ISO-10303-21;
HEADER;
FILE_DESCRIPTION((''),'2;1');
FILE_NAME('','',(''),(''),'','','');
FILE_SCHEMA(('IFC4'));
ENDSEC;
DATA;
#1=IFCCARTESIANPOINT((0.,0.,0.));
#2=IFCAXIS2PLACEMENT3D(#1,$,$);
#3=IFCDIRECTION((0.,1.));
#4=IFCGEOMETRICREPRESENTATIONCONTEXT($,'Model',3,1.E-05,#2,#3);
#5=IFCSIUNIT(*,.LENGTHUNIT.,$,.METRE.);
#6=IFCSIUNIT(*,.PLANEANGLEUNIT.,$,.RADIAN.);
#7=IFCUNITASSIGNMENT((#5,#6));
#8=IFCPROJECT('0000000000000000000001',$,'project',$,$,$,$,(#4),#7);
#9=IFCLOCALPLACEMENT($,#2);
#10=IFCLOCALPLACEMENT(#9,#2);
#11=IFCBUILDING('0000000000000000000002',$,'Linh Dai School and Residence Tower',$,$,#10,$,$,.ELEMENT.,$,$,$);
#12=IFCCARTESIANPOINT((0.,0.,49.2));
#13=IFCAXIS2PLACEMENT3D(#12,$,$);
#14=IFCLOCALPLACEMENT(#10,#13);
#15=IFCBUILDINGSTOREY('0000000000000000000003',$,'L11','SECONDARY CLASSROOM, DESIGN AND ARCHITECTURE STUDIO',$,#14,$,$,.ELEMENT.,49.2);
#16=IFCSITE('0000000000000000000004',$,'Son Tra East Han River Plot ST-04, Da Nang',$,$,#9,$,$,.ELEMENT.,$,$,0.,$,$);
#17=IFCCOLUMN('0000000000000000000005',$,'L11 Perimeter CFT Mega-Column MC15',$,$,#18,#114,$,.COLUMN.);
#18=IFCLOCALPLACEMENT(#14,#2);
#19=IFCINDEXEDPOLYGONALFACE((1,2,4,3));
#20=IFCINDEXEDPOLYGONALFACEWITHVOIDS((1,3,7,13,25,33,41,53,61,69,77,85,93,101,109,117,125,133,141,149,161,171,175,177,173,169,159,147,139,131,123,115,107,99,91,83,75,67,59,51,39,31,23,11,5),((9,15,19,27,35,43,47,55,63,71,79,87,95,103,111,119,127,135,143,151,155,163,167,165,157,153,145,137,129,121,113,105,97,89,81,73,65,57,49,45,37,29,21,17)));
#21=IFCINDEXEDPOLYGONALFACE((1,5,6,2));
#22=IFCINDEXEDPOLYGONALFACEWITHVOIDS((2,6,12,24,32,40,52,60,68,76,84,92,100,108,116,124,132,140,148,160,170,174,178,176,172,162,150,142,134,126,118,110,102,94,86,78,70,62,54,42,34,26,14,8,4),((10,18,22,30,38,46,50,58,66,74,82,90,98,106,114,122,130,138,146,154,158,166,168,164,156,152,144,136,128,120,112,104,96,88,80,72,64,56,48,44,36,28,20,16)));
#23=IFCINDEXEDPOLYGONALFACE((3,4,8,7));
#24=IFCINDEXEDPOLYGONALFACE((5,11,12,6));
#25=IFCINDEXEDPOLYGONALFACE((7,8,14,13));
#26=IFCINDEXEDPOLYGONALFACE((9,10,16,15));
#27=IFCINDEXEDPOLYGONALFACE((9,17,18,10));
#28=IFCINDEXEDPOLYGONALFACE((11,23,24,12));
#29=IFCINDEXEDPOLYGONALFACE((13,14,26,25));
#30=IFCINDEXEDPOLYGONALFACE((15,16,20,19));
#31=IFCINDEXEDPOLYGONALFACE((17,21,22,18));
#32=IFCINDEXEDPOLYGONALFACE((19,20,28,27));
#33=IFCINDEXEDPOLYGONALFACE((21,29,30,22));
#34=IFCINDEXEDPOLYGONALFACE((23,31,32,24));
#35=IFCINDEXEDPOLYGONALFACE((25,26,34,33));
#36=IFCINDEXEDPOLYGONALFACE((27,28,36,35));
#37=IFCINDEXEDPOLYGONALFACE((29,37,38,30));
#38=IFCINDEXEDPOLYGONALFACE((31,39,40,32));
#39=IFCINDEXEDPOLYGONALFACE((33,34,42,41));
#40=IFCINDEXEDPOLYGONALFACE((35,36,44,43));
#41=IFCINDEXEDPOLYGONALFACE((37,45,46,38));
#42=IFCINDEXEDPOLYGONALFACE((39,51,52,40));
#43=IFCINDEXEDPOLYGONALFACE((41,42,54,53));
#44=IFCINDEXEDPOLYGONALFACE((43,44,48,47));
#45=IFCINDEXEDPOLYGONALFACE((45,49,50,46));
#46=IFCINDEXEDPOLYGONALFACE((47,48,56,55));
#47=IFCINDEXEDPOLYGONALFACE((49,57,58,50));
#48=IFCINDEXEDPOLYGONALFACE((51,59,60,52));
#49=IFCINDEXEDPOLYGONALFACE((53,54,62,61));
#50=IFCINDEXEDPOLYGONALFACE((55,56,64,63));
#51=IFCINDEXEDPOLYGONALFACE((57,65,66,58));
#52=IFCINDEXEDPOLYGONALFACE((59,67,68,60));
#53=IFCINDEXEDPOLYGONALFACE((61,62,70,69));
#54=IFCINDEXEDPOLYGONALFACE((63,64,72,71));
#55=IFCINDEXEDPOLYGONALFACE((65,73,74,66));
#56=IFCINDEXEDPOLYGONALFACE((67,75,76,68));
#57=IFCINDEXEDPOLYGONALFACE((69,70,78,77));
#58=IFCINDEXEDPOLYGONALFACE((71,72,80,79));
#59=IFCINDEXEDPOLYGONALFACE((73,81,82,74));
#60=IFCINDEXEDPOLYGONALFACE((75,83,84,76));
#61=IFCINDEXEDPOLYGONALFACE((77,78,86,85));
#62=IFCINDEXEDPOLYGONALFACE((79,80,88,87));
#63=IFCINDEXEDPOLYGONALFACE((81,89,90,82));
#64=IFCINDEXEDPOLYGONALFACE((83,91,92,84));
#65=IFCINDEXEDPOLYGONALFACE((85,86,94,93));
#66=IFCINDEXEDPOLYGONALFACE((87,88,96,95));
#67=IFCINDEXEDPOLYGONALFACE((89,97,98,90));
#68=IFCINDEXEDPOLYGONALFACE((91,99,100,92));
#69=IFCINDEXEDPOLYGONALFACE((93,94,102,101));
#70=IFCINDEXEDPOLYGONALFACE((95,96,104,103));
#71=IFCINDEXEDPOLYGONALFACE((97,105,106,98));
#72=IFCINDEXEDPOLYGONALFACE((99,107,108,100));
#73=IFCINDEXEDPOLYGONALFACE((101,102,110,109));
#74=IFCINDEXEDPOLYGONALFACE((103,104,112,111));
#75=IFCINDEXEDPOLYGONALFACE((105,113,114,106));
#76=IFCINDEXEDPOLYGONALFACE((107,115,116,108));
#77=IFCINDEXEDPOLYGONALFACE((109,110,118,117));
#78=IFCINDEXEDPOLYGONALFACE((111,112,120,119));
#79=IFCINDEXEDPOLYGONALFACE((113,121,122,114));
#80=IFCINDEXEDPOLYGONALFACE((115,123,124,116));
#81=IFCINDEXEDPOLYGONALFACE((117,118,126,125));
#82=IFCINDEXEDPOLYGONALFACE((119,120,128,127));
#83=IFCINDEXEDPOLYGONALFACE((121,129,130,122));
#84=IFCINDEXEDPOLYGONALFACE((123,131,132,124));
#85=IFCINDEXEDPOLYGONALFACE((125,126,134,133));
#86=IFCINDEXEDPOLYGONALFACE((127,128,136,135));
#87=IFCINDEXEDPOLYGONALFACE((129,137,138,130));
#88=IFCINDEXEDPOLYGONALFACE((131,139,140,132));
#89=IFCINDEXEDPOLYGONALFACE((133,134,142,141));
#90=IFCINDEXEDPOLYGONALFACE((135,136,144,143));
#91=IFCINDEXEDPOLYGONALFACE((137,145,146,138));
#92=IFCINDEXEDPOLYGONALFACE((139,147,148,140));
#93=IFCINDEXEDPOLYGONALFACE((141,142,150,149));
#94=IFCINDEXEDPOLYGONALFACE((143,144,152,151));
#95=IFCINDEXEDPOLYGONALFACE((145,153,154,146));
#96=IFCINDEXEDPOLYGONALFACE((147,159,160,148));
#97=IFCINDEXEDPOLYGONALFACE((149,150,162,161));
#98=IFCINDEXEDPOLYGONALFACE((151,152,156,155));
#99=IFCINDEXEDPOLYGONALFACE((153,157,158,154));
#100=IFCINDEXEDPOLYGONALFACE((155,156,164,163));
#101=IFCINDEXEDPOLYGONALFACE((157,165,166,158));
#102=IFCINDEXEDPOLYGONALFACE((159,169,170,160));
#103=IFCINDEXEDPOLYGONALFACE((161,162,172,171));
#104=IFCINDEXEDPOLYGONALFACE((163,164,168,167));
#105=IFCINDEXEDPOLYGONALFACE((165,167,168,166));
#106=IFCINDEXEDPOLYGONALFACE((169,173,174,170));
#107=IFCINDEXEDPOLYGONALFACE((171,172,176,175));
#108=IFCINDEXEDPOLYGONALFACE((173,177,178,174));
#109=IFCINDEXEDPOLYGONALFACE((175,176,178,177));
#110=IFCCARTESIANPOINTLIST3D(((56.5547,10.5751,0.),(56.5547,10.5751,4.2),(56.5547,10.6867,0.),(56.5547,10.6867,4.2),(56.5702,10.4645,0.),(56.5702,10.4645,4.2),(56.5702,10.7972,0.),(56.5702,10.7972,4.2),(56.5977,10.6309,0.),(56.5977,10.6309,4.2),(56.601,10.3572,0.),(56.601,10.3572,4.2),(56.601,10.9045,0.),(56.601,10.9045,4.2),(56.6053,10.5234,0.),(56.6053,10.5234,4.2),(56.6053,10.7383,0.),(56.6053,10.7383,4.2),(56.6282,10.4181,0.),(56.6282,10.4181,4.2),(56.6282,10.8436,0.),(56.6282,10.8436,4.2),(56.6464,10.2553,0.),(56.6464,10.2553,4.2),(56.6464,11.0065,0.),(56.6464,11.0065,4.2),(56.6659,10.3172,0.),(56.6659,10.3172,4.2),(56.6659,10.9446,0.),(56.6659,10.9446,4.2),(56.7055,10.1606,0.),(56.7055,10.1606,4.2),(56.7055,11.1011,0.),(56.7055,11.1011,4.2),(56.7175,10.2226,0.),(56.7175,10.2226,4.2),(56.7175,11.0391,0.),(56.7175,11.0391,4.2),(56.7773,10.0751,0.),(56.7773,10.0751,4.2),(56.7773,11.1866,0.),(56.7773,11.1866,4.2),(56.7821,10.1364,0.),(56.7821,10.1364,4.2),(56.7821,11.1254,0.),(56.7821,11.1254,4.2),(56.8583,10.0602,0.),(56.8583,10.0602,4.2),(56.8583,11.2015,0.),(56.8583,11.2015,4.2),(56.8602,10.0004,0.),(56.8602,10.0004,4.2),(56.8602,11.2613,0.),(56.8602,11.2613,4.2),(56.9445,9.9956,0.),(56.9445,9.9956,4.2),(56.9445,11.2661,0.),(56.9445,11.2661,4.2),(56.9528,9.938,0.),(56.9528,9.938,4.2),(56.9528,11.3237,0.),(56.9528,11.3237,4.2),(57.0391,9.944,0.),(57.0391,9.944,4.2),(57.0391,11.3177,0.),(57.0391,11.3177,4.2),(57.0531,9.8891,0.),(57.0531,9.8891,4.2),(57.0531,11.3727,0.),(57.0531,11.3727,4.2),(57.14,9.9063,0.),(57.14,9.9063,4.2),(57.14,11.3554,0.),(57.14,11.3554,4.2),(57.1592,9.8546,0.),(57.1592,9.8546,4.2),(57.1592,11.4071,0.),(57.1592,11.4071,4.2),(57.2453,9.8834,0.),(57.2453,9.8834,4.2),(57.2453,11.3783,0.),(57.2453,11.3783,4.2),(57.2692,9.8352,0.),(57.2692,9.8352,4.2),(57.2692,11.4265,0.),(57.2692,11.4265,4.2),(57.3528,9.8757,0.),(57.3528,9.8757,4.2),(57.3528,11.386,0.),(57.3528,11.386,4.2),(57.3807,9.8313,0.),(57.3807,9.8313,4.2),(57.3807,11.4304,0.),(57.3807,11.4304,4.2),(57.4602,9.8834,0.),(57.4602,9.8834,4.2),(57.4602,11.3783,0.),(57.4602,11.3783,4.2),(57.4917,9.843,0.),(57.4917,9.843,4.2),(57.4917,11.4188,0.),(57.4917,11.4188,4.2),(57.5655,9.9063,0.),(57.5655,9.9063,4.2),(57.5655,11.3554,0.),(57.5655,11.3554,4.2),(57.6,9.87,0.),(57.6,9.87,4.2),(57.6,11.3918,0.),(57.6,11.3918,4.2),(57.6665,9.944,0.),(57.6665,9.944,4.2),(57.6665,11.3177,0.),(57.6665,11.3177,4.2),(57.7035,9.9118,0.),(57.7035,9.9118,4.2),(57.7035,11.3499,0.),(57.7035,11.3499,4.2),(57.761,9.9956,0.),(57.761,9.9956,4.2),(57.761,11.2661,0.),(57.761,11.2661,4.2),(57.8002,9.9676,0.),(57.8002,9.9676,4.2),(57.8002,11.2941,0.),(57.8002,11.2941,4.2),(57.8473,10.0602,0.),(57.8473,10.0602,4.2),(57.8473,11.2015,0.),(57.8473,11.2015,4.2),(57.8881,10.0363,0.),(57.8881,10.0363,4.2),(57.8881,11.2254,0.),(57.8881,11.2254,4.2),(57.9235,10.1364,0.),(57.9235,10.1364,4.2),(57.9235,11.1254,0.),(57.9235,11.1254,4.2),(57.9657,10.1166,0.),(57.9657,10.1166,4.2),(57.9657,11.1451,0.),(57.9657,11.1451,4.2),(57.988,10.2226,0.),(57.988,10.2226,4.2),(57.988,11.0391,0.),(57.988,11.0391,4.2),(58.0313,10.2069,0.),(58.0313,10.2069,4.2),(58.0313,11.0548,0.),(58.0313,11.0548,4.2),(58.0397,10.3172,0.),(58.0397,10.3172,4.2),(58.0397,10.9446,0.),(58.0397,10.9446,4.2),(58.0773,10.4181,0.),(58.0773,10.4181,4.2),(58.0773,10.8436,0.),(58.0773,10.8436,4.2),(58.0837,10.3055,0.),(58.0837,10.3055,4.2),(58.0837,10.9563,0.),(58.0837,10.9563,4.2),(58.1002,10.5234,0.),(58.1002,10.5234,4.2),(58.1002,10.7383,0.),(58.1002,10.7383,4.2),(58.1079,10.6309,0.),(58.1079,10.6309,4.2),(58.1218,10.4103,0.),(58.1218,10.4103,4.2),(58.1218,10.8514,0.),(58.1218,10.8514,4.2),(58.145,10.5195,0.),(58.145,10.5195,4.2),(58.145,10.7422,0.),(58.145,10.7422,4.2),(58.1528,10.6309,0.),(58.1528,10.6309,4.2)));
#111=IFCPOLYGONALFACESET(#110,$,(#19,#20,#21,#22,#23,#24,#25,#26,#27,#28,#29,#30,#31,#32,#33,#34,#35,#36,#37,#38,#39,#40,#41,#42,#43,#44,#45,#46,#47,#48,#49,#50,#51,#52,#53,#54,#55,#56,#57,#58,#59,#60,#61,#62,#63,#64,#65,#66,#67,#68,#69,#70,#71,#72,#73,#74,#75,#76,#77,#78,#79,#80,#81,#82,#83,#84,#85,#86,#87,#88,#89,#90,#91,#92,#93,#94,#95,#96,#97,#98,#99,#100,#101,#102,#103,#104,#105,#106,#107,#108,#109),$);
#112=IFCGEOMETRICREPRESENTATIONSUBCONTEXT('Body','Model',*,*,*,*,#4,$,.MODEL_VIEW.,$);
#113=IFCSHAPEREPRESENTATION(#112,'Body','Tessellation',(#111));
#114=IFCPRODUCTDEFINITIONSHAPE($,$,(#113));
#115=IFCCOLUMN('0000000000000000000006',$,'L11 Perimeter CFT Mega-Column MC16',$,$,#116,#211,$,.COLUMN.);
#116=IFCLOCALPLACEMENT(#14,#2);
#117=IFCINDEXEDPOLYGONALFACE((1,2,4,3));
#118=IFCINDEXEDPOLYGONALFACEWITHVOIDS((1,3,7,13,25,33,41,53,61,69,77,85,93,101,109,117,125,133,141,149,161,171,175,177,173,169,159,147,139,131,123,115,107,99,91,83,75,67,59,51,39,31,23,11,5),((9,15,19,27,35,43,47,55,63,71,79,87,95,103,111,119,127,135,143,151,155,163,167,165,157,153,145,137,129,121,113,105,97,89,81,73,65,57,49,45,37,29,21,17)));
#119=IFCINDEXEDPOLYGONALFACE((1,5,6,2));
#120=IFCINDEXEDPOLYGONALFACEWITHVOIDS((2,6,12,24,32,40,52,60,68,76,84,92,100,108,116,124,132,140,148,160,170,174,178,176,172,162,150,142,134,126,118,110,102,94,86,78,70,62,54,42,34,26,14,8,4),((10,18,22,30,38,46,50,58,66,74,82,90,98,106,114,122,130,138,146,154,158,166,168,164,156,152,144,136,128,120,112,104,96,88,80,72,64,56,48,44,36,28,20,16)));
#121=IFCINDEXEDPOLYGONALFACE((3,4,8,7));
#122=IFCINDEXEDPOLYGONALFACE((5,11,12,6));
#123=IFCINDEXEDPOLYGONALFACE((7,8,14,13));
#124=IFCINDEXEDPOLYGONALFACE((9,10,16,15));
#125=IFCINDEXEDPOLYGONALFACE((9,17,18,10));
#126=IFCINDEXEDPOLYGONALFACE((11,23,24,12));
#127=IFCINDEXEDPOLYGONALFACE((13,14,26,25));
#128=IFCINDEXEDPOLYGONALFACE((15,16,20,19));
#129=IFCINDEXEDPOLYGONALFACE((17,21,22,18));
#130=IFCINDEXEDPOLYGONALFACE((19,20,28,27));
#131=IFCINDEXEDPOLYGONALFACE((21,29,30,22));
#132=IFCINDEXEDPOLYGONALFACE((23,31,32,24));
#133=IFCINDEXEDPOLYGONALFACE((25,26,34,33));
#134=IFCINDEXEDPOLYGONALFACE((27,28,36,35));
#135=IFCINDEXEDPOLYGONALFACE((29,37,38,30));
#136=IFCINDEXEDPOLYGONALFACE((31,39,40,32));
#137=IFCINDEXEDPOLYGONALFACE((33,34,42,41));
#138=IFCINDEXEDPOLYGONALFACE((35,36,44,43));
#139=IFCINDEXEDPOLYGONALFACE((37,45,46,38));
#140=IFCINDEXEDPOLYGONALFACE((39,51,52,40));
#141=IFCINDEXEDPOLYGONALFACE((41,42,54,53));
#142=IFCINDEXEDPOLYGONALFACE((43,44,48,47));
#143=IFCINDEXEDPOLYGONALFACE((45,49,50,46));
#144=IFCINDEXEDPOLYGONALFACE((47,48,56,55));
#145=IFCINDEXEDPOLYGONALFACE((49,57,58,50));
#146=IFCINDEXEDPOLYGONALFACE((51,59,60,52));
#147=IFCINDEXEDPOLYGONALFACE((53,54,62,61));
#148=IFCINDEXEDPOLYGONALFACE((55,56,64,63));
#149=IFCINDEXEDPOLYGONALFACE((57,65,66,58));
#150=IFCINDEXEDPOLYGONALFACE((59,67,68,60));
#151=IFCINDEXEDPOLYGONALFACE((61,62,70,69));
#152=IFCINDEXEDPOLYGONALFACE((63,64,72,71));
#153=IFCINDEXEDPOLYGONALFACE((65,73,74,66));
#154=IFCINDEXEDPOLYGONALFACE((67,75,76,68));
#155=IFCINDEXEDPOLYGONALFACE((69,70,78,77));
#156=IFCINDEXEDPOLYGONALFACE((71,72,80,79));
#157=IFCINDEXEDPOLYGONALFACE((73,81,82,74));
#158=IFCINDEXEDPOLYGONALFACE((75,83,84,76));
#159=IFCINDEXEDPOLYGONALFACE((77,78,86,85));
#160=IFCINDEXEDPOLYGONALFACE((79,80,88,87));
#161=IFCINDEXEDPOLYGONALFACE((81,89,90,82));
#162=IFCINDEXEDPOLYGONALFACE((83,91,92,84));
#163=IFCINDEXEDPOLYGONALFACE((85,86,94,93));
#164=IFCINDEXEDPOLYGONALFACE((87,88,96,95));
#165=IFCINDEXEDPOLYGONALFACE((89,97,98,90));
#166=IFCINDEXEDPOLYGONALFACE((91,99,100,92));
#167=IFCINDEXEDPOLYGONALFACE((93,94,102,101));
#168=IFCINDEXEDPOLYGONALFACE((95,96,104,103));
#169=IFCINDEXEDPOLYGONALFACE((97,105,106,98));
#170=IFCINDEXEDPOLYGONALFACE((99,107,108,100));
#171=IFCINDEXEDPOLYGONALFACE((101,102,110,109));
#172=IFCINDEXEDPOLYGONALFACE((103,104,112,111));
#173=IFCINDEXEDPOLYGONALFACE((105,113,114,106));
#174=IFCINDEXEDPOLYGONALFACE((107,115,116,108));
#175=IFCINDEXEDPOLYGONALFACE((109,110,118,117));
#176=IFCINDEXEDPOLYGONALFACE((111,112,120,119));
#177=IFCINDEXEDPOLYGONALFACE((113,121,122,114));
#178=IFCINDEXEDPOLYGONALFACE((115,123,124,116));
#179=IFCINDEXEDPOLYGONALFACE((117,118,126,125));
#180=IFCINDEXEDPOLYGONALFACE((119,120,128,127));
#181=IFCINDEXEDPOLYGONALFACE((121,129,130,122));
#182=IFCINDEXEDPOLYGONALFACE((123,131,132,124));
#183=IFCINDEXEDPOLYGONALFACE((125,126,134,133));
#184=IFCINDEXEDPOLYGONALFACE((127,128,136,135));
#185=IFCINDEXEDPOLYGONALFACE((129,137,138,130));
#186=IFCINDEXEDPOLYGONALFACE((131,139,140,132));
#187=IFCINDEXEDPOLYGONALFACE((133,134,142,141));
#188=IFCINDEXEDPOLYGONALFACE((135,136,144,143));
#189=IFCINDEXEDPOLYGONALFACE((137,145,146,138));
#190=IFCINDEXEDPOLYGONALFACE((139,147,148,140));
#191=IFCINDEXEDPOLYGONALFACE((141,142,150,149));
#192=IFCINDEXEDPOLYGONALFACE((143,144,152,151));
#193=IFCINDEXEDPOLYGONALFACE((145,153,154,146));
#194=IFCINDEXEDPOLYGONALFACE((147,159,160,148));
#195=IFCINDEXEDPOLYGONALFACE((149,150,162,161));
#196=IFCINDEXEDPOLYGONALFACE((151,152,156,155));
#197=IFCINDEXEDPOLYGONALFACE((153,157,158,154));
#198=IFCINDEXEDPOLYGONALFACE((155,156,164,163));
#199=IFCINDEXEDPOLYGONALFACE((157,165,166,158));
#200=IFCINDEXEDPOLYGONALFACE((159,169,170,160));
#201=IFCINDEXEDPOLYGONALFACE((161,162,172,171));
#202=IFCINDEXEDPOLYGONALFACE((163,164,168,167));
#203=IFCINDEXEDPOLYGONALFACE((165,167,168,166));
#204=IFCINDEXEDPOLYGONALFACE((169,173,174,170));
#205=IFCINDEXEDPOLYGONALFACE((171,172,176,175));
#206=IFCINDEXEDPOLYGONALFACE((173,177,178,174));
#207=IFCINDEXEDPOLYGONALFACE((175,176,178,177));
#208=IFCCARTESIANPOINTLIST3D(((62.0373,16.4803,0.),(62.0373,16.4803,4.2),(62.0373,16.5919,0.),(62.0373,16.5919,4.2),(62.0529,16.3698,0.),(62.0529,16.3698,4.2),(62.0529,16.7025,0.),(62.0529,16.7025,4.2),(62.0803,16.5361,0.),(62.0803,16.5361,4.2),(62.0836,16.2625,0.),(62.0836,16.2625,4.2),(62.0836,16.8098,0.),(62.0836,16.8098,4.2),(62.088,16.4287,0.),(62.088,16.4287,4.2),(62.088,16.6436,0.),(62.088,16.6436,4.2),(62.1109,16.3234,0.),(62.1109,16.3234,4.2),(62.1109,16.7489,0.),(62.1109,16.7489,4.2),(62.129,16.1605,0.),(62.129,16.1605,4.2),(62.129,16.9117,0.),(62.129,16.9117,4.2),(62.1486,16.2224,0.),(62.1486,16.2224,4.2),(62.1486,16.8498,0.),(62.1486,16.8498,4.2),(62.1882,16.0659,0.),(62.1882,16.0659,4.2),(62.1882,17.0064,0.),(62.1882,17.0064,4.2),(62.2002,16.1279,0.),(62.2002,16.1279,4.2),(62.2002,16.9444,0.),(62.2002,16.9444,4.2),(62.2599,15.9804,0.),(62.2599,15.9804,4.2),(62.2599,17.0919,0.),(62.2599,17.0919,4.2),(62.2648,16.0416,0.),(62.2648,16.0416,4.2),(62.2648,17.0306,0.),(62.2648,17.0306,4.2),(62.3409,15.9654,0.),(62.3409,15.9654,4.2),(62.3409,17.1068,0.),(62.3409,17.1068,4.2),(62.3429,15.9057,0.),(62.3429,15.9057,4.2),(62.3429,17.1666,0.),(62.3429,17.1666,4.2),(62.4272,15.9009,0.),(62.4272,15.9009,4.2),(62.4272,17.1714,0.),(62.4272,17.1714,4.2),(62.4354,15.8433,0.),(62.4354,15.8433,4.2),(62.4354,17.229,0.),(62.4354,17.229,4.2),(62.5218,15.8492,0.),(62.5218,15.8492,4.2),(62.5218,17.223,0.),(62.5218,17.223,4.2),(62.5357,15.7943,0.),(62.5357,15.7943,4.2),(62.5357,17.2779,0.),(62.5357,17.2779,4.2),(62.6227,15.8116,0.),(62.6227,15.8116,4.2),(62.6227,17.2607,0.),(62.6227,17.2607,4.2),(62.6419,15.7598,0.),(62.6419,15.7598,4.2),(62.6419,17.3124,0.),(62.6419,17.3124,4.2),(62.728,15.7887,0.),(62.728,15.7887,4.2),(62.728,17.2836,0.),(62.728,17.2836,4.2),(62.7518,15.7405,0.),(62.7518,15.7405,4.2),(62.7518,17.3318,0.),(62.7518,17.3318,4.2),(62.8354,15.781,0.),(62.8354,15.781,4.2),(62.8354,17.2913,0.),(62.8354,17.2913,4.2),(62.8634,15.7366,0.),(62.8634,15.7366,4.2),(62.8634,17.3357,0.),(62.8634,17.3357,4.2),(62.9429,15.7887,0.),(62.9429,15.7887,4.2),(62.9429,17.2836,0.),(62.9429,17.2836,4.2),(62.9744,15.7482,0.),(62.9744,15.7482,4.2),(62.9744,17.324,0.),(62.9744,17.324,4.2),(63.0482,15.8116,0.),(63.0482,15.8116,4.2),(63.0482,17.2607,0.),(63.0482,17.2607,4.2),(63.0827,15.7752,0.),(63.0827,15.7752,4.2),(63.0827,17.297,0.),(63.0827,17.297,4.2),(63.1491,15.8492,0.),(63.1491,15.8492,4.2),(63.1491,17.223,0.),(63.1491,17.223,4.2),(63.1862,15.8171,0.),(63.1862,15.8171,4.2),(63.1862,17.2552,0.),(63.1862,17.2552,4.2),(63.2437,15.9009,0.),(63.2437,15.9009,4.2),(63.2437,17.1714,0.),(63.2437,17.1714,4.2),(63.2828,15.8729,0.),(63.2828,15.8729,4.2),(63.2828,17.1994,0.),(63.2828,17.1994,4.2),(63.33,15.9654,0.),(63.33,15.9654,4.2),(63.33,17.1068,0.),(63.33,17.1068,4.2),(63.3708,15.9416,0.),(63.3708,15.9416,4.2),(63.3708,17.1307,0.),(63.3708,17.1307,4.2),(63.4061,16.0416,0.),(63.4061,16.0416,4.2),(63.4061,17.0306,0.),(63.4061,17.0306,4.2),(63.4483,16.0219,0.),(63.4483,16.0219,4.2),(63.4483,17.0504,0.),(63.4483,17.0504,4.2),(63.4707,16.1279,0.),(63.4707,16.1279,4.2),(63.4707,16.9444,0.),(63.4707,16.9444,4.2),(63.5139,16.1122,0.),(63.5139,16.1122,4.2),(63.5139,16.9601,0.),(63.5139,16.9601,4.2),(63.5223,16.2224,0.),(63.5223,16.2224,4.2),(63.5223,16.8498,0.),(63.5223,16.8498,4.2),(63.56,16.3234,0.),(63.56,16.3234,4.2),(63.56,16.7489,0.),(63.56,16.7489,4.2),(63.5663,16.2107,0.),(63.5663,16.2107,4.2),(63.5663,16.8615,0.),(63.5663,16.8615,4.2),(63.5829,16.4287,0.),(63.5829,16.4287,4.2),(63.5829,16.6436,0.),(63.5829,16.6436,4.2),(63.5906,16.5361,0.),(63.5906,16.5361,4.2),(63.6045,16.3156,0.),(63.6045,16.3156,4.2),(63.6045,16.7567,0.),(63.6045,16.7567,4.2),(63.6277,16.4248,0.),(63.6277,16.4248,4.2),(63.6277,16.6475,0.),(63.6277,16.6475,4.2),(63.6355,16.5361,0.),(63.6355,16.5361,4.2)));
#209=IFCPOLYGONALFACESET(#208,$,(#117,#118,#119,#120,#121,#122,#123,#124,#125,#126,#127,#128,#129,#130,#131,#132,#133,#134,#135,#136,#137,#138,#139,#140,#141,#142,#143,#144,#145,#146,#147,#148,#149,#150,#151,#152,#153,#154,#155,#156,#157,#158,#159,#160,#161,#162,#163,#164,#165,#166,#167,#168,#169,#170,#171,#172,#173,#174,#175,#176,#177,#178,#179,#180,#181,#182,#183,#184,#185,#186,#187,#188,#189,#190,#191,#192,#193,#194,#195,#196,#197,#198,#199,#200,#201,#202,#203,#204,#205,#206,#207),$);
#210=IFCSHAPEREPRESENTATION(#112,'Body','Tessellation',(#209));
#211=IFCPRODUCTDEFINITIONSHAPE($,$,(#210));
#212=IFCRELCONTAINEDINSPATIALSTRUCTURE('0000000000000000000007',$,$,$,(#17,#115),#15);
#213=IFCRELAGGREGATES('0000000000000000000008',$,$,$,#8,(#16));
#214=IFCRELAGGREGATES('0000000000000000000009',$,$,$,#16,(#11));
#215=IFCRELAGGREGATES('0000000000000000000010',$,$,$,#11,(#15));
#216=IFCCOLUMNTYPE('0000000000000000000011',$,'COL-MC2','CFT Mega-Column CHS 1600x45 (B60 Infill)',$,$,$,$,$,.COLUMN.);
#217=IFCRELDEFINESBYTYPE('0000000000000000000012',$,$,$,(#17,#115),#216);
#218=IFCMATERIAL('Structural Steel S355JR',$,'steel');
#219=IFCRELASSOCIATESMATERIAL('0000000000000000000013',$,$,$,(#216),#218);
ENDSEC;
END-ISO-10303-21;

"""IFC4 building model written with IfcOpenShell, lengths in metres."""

from ifc_helpers import new_model, si_unit, direction, frame, origin, origin_2d, place, context, subcontext, project, spatial, hollow_circle, extrude, material, material_profile, profile_set, type_object, element, save


model = new_model("IFC4")

# Units and contexts
model_context = context("Model", 3, precision=1e-05, world=origin(), true_north=direction((0.0, 1.0)))
body_context = subcontext(model_context, "Body", "Model", "MODEL_VIEW")
ifc_project = project(units=[si_unit("LENGTHUNIT", "METRE"), si_unit("PLANEANGLEUNIT", "RADIAN")], contexts=[model_context])

# Site, building, storey
site_placement = place(None, origin())
site = spatial("IfcSite", under=ifc_project, at=site_placement, Name="Son Tra East Han River Plot ST-04, Da Nang", CompositionType="ELEMENT", RefElevation=0.0)
building_placement = place(site_placement, origin())
building = spatial("IfcBuilding", under=site, at=building_placement, Name="Linh Dai School and Residence Tower", CompositionType="ELEMENT")
storey_placement = place(building_placement, frame((0.0, 0.0, 49.2)))
storey = spatial("IfcBuildingStorey", under=building, at=storey_placement, Name="L11", Description="SECONDARY CLASSROOM, DESIGN AND ARCHITECTURE STUDIO", CompositionType="ELEMENT", Elevation=49.2)

# Columns
ifc_material_1 = material(Name="Structural Steel S355JR", Category="steel")
ifc_material_profile_1 = material_profile(ifc_material_1, hollow_circle(Radius=0.8, WallThickness=0.0449, at=origin_2d()), Name="CHS 1600x45")
ifc_profile_set_1 = profile_set([ifc_material_profile_1], Name="Structural Steel S355JR")
column_type = type_object("IfcColumnType", Name="COL-MC2", Description="CFT Mega-Column CHS 1600x45 (B60 Infill)", PredefinedType="COLUMN", material=ifc_profile_set_1)
for number, where, z_axis, x_axis, name in (
    (1, (57.3528, 10.6309, 0.0), (0.0, 0.0, 1.0), (1.0, 0.0, 0.0), "L11 Perimeter CFT Mega-Column MC15"),
    (2, (62.8354, 16.5361, 0.0), (0.0, 0.0, 1.0), (1.0, 0.0, 0.0), "L11 Perimeter CFT Mega-Column MC16"),
):
    element("IfcColumn", number, at=place(storey_placement, frame(where, z_axis=z_axis, x_axis=x_axis)), inside=storey, type_object=column_type, Name=name, PredefinedType="COLUMN", context=body_context, shape_type="SweptSolid", body=[
        extrude(hollow_circle(Radius=0.8, WallThickness=0.0449, at=origin_2d()), origin(), (0.0, 0.0, 1.0), 4.2),
    ])

save(model, "model.ifc")
